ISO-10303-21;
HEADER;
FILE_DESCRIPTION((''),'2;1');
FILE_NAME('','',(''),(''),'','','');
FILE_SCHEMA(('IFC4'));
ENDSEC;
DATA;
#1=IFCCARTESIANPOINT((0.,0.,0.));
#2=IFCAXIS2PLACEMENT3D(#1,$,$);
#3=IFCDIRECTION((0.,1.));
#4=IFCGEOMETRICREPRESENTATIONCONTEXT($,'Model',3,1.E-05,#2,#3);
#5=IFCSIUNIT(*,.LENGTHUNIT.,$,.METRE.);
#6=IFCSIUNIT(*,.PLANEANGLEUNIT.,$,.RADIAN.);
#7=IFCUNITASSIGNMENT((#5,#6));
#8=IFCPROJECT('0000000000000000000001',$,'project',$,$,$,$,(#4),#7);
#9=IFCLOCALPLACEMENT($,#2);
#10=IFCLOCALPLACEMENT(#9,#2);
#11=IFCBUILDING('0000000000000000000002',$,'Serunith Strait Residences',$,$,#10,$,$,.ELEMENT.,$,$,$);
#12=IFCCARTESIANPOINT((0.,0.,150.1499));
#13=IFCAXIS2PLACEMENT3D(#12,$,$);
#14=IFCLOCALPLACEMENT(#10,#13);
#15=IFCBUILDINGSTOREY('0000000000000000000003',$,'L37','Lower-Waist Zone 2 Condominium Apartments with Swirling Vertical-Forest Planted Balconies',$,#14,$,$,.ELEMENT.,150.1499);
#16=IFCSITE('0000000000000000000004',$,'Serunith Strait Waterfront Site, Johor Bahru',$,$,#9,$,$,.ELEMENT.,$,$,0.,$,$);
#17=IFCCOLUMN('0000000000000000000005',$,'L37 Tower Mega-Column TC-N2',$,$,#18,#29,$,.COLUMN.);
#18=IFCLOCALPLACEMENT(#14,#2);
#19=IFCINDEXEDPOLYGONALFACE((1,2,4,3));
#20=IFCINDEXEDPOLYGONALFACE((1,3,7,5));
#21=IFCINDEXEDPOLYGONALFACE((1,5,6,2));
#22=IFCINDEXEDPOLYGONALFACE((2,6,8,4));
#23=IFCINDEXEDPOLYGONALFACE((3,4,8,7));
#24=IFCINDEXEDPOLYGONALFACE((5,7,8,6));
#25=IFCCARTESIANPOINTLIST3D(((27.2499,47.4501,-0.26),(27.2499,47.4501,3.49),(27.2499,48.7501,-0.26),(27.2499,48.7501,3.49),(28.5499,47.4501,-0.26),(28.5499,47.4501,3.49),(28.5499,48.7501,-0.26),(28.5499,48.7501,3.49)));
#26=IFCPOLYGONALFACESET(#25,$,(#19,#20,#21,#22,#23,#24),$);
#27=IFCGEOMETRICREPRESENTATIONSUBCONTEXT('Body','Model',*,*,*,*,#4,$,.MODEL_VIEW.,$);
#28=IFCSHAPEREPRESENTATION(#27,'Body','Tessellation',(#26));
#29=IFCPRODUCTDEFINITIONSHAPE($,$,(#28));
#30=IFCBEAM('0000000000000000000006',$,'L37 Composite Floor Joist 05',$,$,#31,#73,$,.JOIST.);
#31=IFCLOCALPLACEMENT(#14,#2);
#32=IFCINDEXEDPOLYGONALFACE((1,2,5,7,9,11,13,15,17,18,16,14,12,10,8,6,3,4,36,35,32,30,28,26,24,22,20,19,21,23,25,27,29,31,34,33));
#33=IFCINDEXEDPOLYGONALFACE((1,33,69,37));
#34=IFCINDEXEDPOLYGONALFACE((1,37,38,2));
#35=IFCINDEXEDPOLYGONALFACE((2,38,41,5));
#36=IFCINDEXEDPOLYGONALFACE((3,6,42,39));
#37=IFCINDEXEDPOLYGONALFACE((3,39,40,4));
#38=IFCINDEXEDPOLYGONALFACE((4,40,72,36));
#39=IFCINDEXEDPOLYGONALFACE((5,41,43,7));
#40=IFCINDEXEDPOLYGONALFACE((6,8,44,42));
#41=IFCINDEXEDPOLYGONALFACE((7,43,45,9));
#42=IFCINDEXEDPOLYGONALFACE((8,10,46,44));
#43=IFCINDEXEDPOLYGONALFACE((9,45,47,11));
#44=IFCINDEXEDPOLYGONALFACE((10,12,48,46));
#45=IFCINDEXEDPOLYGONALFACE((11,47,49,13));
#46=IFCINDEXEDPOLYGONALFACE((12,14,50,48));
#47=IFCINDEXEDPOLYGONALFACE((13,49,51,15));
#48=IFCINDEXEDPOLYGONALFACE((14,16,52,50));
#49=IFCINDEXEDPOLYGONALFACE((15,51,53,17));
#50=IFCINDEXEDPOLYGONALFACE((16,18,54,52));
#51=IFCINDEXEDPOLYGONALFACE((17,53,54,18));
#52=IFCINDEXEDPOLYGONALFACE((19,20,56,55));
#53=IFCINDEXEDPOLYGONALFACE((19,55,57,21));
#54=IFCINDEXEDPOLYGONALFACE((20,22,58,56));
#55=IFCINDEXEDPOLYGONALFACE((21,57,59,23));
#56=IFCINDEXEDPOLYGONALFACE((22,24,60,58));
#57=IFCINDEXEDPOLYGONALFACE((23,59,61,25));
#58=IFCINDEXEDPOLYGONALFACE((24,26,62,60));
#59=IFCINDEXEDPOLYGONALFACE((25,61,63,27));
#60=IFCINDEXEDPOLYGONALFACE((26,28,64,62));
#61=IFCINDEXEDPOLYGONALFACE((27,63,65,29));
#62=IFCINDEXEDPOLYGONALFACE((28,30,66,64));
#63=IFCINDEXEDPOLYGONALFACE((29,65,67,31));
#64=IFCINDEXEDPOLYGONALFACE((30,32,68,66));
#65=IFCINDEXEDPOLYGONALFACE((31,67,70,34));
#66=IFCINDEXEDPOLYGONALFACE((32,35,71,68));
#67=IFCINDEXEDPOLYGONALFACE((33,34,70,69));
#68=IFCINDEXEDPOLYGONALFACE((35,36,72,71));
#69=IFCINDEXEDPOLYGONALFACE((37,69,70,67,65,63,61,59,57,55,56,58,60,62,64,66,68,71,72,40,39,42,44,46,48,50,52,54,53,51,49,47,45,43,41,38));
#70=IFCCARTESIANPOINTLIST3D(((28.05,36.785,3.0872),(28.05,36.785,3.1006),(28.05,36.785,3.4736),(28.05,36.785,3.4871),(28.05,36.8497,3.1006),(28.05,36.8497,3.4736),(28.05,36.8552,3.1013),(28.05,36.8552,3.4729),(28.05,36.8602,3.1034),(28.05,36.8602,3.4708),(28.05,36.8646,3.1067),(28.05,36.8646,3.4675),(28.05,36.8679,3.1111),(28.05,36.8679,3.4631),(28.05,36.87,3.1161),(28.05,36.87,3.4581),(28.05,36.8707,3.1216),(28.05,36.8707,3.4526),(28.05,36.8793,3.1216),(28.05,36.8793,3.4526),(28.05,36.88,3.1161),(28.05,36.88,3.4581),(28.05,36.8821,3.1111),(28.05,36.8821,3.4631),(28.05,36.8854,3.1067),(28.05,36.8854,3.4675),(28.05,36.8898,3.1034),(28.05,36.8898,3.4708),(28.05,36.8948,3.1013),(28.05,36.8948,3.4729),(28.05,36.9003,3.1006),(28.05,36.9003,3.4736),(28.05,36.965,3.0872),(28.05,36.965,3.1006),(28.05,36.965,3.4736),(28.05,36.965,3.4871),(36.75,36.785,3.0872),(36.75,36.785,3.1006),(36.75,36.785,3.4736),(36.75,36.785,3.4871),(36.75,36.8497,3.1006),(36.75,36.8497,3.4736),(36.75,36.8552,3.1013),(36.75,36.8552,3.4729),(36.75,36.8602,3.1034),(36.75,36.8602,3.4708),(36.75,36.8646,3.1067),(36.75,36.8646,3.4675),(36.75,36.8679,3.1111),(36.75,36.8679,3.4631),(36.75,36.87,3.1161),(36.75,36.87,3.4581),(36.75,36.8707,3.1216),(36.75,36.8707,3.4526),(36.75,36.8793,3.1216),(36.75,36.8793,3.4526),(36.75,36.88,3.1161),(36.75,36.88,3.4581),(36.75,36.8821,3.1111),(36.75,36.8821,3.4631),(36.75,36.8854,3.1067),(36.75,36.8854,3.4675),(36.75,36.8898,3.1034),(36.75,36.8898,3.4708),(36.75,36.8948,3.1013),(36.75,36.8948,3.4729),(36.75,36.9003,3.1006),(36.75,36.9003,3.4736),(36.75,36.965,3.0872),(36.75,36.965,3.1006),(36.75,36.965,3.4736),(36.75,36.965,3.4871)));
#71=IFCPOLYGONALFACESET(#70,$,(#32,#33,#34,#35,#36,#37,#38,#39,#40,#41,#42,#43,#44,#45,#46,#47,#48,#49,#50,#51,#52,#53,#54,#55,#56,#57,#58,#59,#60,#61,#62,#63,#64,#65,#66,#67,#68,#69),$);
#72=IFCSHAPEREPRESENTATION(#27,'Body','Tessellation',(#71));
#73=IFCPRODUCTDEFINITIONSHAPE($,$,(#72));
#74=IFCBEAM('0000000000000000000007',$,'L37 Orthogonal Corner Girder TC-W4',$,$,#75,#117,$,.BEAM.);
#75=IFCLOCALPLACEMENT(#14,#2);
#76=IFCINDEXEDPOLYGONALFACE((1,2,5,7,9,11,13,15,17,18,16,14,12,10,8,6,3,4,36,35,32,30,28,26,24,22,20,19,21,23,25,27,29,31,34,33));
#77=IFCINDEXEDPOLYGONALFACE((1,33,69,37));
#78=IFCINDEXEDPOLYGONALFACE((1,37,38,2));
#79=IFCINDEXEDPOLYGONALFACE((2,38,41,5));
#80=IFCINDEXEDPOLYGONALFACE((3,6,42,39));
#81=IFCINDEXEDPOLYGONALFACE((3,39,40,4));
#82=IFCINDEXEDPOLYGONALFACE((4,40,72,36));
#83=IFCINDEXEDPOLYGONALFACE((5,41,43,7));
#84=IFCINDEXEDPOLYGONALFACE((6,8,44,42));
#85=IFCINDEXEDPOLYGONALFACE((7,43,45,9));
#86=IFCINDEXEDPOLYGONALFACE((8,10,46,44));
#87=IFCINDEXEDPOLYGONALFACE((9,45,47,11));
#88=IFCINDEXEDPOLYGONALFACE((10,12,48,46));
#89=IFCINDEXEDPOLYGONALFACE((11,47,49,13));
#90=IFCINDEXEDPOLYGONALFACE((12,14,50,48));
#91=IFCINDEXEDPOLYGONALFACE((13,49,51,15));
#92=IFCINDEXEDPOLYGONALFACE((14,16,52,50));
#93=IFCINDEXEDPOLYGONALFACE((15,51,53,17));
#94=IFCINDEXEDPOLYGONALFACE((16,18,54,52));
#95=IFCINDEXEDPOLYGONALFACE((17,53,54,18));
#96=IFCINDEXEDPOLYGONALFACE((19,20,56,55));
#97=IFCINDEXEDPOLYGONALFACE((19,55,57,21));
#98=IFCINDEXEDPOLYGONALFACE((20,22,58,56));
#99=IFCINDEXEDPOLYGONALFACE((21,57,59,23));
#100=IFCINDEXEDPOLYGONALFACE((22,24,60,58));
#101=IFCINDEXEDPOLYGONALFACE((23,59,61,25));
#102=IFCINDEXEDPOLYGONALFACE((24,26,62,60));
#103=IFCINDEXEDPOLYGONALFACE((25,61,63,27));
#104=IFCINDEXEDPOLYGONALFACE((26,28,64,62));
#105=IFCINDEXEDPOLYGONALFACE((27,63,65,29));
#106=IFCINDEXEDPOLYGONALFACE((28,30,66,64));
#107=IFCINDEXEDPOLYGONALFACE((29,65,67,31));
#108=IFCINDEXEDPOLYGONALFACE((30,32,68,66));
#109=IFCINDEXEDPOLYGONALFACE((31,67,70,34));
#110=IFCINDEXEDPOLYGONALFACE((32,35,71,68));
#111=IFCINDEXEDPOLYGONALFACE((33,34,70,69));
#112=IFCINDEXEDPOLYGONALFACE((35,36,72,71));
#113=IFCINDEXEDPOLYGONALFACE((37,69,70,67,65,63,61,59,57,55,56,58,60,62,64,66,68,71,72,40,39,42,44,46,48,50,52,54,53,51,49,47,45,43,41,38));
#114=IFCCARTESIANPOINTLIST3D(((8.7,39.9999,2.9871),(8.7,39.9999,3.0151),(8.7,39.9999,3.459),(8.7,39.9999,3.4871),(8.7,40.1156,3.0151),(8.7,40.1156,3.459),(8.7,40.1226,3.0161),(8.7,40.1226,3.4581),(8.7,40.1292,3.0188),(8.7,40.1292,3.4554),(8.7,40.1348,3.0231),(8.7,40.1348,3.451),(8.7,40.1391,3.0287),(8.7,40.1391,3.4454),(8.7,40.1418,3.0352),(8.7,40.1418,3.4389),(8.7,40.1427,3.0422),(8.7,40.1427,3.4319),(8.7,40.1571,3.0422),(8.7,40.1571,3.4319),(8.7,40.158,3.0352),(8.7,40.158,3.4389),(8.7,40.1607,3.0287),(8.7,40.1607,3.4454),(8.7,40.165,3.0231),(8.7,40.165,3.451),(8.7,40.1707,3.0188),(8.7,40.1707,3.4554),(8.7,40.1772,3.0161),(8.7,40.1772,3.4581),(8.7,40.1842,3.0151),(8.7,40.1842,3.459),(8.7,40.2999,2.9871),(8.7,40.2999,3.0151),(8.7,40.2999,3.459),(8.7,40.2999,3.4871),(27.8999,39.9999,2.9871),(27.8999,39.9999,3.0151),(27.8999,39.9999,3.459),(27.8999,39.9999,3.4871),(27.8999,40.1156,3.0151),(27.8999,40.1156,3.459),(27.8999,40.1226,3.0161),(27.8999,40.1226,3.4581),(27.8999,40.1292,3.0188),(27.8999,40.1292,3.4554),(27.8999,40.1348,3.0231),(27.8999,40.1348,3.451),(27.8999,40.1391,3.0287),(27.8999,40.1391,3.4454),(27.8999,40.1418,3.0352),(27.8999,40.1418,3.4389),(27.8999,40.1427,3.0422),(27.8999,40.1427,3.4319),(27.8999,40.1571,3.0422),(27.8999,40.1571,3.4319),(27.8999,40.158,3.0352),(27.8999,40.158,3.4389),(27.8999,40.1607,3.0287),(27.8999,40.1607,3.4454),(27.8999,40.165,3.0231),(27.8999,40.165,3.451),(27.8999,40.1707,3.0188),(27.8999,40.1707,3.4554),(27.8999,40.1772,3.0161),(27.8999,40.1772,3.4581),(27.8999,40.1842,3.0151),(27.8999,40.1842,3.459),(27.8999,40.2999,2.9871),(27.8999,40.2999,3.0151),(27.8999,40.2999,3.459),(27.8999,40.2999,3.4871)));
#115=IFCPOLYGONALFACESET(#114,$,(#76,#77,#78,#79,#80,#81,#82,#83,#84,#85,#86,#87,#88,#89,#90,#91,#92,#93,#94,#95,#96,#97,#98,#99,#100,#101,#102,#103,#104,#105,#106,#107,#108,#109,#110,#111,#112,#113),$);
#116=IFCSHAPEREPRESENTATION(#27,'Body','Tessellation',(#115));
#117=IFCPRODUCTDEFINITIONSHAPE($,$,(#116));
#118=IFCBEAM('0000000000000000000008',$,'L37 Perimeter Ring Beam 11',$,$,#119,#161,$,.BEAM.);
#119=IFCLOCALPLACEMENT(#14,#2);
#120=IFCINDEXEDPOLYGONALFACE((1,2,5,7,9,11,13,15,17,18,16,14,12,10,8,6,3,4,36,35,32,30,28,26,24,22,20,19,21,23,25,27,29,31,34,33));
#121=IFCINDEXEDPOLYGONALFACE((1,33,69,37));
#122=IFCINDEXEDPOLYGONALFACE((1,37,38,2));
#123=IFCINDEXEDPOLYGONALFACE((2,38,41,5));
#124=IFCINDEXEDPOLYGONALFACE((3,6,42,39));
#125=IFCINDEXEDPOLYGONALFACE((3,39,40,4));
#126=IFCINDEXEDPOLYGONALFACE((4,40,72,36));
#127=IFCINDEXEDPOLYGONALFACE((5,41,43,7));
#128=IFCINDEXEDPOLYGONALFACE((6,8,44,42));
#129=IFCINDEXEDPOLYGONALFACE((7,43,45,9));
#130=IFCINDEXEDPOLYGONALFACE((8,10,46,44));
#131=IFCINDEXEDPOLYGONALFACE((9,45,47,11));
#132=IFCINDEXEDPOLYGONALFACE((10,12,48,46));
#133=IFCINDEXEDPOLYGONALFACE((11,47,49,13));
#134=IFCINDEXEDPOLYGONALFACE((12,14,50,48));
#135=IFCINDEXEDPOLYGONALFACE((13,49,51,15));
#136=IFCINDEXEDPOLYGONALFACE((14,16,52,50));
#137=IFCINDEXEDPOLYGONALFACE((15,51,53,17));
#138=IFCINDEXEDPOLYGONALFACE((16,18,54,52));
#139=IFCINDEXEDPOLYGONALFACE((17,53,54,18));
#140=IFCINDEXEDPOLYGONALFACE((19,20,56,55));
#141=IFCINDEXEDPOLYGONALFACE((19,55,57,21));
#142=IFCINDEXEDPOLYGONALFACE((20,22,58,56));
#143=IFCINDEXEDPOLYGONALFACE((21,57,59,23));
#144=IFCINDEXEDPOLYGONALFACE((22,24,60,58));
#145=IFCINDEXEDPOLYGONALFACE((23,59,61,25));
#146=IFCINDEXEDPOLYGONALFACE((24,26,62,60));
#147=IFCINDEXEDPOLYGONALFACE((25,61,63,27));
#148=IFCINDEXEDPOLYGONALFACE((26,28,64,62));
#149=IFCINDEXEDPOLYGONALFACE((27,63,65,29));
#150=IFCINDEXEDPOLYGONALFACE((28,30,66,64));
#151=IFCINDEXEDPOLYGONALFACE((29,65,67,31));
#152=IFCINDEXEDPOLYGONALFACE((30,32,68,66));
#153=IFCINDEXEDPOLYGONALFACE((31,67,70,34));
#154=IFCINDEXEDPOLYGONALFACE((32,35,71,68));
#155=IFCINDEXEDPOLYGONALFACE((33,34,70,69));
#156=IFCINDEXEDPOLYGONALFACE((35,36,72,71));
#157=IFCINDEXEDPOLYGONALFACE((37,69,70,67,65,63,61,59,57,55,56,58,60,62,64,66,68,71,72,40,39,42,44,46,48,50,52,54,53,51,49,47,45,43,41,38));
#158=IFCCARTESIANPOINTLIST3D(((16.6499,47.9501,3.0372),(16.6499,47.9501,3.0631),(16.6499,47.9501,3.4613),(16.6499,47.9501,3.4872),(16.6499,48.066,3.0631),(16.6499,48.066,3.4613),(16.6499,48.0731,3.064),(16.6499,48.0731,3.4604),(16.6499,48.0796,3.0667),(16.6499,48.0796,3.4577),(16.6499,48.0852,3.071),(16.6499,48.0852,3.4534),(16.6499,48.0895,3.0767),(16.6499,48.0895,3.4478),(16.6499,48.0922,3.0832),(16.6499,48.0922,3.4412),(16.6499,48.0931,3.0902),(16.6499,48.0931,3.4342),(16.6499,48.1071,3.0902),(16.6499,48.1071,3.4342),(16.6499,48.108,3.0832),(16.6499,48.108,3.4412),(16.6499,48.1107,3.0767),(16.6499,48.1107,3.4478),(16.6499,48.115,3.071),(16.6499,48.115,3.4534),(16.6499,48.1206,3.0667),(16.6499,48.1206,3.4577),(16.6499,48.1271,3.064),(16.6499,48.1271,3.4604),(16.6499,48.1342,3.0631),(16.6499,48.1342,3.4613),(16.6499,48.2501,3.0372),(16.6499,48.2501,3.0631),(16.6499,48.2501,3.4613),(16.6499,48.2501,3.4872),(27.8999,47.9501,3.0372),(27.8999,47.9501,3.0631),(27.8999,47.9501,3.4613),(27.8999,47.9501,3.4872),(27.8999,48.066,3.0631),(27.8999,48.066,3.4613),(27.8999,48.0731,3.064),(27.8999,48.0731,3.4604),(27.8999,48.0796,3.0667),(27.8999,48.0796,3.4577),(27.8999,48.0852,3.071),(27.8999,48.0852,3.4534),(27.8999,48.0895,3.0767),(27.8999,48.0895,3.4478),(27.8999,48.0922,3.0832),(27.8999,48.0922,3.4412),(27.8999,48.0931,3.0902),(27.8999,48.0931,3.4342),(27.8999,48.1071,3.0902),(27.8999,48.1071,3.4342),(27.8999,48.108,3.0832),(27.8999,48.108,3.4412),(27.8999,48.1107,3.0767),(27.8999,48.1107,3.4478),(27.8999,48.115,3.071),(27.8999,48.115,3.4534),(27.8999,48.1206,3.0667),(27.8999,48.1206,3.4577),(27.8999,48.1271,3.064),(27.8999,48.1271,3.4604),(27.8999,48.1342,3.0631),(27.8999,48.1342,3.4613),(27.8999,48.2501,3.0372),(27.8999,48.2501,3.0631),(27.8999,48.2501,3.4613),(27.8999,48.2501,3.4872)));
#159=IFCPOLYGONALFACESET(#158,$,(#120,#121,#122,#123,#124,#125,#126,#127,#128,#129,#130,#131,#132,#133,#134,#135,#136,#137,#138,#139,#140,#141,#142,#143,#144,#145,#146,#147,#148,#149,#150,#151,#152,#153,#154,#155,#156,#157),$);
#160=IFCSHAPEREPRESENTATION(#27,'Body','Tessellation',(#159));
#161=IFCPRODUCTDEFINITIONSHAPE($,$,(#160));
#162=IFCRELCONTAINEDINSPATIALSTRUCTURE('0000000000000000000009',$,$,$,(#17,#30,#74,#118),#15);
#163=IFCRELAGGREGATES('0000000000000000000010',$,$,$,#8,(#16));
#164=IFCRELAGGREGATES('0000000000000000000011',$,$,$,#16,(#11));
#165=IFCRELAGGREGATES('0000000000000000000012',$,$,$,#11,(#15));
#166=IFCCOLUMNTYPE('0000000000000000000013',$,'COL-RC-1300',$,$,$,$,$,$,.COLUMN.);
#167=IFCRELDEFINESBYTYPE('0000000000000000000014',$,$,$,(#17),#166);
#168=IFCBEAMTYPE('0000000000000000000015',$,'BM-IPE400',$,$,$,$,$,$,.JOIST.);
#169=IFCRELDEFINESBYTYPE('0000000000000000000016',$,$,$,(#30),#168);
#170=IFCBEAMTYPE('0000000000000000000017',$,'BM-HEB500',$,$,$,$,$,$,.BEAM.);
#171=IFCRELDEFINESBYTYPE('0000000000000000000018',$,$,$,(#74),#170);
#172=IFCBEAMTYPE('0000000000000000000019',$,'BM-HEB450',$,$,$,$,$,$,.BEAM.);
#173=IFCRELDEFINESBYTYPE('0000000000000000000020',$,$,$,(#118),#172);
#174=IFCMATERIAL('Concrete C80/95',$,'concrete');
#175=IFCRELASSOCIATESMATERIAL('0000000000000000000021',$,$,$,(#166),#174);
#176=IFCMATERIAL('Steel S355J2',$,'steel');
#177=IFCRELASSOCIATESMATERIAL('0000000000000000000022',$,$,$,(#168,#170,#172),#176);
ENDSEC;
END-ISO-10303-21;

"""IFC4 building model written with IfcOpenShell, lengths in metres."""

from ifc_helpers import new_model, si_unit, direction, frame, origin, origin_2d, place, context, subcontext, project, spatial, rectangle, i_section, extrude, source, transform, mapped, material, material_profile, profile_set, type_object, element, save


model = new_model("IFC4")

# Units and contexts
model_context = context("Model", 3, precision=1e-05, world=origin(), true_north=direction((0.0, 1.0)))
body_context = subcontext(model_context, "Body", "Model", "MODEL_VIEW")
ifc_project = project(units=[si_unit("LENGTHUNIT", "METRE"), si_unit("PLANEANGLEUNIT", "RADIAN")], contexts=[model_context])

# Site, building, storey
site_placement = place(None, origin())
site = spatial("IfcSite", under=ifc_project, at=site_placement, Name="Serunith Strait Waterfront Site, Johor Bahru", CompositionType="ELEMENT", RefElevation=0.0)
building_placement = place(site_placement, origin())
building = spatial("IfcBuilding", under=site, at=building_placement, Name="Serunith Strait Residences", CompositionType="ELEMENT")
storey_placement = place(building_placement, frame((0.0, 0.0, 150.1499)))
storey = spatial("IfcBuildingStorey", under=building, at=storey_placement, Name="L37", Description="Lower-Waist Zone 2 Condominium Apartments with Swirling Vertical-Forest Planted Balconies", CompositionType="ELEMENT", Elevation=150.1499)

# Column
ifc_material_1 = material(Name="Concrete C80/95", Category="concrete")
ifc_material_profile_1 = material_profile(ifc_material_1, rectangle(XDim=1.3, YDim=1.3, at=origin_2d()), Name="RC 1300x1300")
ifc_profile_set_1 = profile_set([ifc_material_profile_1], Name="Concrete C80/95")
column_type = type_object("IfcColumnType", Name="COL-RC-1300", PredefinedType="COLUMN", material=ifc_profile_set_1)
shared_shape_1 = source(origin(), body_context, "Body", "SweptSolid", [
    extrude(rectangle(XDim=1.3, YDim=1.3, at=origin_2d()), origin(), (0.0, 0.0, 1.0), 3.75),
])
column_placement = place(storey_placement, frame((27.8999, 48.1001, -0.26), z_axis=(0.0, 0.0, 1.0), x_axis=(1.0, 0.0, 0.0)))
element("IfcColumn", 1, at=column_placement, inside=storey, type_object=column_type, Name="L37 Tower Mega-Column TC-N2", PredefinedType="COLUMN", context=body_context, shape_type="MappedRepresentation", body=[
    mapped(shared_shape_1, transform((0.0, 0.0, 0.0), scale=1.0)),
])

# Beams
ifc_material_2 = material(Name="Steel S355J2", Category="steel")
ifc_material_profile_2 = material_profile(ifc_material_2, i_section(OverallWidth=0.1799, OverallDepth=0.3999, WebThickness=0.0085, FlangeThickness=0.0134, FilletRadius=0.021, at=origin_2d()), Name="IPE 400")
ifc_profile_set_2 = profile_set([ifc_material_profile_2], Name="Steel S355J2")
beam_type_1 = type_object("IfcBeamType", Name="BM-IPE400", PredefinedType="JOIST", material=ifc_profile_set_2)
shared_shape_2 = source(origin(), body_context, "Body", "SweptSolid", [
    extrude(i_section(OverallWidth=0.1799, OverallDepth=0.3999, WebThickness=0.0085, FlangeThickness=0.0134, FilletRadius=0.021, at=origin_2d()), origin(), (0.0, 0.0, 1.0), 8.7),
])
beam_1_placement = place(storey_placement, frame((28.05, 36.875, 3.2871), z_axis=(1.0, 0.0, 0.0), x_axis=(0.0, 1.0, 0.0)))
element("IfcBeam", 2, at=beam_1_placement, inside=storey, type_object=beam_type_1, Name="L37 Composite Floor Joist 05", PredefinedType="JOIST", context=body_context, shape_type="MappedRepresentation", body=[
    mapped(shared_shape_2, transform((0.0, 0.0, 0.0), scale=1.0)),
])
ifc_material_profile_3 = material_profile(ifc_material_2, i_section(OverallWidth=0.3, OverallDepth=0.5, WebThickness=0.0144, FlangeThickness=0.0281, FilletRadius=0.0271, at=origin_2d()), Name="HEB 500")
ifc_profile_set_3 = profile_set([ifc_material_profile_3], Name="Steel S355J2")
beam_type_2 = type_object("IfcBeamType", Name="BM-HEB500", PredefinedType="BEAM", material=ifc_profile_set_3)
shared_shape_3 = source(origin(), body_context, "Body", "SweptSolid", [
    extrude(i_section(OverallWidth=0.3, OverallDepth=0.5, WebThickness=0.0144, FlangeThickness=0.0281, FilletRadius=0.0271, at=origin_2d()), origin(), (0.0, 0.0, 1.0), 19.2),
])
beam_2_placement = place(storey_placement, frame((27.8999, 40.1499, 3.2371), z_axis=(-1.0, 0.0, 0.0), x_axis=(0.0, -1.0, 0.0)))
element("IfcBeam", 3, at=beam_2_placement, inside=storey, type_object=beam_type_2, Name="L37 Orthogonal Corner Girder TC-W4", PredefinedType="BEAM", context=body_context, shape_type="MappedRepresentation", body=[
    mapped(shared_shape_3, transform((0.0, 0.0, 0.0), scale=1.0)),
])
ifc_material_profile_4 = material_profile(ifc_material_2, i_section(OverallWidth=0.3, OverallDepth=0.45, WebThickness=0.0139, FlangeThickness=0.0259, FilletRadius=0.0271, at=origin_2d()), Name="HEB 450")
ifc_profile_set_4 = profile_set([ifc_material_profile_4], Name="Steel S355J2")
beam_type_3 = type_object("IfcBeamType", Name="BM-HEB450", PredefinedType="BEAM", material=ifc_profile_set_4)
shared_shape_4 = source(origin(), body_context, "Body", "SweptSolid", [
    extrude(i_section(OverallWidth=0.3, OverallDepth=0.45, WebThickness=0.0139, FlangeThickness=0.0259, FilletRadius=0.0271, at=origin_2d()), origin(), (0.0, 0.0, 1.0), 11.25),
])
beam_3_placement = place(storey_placement, frame((27.8999, 48.1001, 3.2622), z_axis=(-1.0, 0.0, 0.0), x_axis=(0.0, -1.0, 0.0)))
element("IfcBeam", 4, at=beam_3_placement, inside=storey, type_object=beam_type_3, Name="L37 Perimeter Ring Beam 11", PredefinedType="BEAM", context=body_context, shape_type="MappedRepresentation", body=[
    mapped(shared_shape_4, transform((0.0, 0.0, 0.0), scale=1.0)),
])

save(model, "model.ifc")
